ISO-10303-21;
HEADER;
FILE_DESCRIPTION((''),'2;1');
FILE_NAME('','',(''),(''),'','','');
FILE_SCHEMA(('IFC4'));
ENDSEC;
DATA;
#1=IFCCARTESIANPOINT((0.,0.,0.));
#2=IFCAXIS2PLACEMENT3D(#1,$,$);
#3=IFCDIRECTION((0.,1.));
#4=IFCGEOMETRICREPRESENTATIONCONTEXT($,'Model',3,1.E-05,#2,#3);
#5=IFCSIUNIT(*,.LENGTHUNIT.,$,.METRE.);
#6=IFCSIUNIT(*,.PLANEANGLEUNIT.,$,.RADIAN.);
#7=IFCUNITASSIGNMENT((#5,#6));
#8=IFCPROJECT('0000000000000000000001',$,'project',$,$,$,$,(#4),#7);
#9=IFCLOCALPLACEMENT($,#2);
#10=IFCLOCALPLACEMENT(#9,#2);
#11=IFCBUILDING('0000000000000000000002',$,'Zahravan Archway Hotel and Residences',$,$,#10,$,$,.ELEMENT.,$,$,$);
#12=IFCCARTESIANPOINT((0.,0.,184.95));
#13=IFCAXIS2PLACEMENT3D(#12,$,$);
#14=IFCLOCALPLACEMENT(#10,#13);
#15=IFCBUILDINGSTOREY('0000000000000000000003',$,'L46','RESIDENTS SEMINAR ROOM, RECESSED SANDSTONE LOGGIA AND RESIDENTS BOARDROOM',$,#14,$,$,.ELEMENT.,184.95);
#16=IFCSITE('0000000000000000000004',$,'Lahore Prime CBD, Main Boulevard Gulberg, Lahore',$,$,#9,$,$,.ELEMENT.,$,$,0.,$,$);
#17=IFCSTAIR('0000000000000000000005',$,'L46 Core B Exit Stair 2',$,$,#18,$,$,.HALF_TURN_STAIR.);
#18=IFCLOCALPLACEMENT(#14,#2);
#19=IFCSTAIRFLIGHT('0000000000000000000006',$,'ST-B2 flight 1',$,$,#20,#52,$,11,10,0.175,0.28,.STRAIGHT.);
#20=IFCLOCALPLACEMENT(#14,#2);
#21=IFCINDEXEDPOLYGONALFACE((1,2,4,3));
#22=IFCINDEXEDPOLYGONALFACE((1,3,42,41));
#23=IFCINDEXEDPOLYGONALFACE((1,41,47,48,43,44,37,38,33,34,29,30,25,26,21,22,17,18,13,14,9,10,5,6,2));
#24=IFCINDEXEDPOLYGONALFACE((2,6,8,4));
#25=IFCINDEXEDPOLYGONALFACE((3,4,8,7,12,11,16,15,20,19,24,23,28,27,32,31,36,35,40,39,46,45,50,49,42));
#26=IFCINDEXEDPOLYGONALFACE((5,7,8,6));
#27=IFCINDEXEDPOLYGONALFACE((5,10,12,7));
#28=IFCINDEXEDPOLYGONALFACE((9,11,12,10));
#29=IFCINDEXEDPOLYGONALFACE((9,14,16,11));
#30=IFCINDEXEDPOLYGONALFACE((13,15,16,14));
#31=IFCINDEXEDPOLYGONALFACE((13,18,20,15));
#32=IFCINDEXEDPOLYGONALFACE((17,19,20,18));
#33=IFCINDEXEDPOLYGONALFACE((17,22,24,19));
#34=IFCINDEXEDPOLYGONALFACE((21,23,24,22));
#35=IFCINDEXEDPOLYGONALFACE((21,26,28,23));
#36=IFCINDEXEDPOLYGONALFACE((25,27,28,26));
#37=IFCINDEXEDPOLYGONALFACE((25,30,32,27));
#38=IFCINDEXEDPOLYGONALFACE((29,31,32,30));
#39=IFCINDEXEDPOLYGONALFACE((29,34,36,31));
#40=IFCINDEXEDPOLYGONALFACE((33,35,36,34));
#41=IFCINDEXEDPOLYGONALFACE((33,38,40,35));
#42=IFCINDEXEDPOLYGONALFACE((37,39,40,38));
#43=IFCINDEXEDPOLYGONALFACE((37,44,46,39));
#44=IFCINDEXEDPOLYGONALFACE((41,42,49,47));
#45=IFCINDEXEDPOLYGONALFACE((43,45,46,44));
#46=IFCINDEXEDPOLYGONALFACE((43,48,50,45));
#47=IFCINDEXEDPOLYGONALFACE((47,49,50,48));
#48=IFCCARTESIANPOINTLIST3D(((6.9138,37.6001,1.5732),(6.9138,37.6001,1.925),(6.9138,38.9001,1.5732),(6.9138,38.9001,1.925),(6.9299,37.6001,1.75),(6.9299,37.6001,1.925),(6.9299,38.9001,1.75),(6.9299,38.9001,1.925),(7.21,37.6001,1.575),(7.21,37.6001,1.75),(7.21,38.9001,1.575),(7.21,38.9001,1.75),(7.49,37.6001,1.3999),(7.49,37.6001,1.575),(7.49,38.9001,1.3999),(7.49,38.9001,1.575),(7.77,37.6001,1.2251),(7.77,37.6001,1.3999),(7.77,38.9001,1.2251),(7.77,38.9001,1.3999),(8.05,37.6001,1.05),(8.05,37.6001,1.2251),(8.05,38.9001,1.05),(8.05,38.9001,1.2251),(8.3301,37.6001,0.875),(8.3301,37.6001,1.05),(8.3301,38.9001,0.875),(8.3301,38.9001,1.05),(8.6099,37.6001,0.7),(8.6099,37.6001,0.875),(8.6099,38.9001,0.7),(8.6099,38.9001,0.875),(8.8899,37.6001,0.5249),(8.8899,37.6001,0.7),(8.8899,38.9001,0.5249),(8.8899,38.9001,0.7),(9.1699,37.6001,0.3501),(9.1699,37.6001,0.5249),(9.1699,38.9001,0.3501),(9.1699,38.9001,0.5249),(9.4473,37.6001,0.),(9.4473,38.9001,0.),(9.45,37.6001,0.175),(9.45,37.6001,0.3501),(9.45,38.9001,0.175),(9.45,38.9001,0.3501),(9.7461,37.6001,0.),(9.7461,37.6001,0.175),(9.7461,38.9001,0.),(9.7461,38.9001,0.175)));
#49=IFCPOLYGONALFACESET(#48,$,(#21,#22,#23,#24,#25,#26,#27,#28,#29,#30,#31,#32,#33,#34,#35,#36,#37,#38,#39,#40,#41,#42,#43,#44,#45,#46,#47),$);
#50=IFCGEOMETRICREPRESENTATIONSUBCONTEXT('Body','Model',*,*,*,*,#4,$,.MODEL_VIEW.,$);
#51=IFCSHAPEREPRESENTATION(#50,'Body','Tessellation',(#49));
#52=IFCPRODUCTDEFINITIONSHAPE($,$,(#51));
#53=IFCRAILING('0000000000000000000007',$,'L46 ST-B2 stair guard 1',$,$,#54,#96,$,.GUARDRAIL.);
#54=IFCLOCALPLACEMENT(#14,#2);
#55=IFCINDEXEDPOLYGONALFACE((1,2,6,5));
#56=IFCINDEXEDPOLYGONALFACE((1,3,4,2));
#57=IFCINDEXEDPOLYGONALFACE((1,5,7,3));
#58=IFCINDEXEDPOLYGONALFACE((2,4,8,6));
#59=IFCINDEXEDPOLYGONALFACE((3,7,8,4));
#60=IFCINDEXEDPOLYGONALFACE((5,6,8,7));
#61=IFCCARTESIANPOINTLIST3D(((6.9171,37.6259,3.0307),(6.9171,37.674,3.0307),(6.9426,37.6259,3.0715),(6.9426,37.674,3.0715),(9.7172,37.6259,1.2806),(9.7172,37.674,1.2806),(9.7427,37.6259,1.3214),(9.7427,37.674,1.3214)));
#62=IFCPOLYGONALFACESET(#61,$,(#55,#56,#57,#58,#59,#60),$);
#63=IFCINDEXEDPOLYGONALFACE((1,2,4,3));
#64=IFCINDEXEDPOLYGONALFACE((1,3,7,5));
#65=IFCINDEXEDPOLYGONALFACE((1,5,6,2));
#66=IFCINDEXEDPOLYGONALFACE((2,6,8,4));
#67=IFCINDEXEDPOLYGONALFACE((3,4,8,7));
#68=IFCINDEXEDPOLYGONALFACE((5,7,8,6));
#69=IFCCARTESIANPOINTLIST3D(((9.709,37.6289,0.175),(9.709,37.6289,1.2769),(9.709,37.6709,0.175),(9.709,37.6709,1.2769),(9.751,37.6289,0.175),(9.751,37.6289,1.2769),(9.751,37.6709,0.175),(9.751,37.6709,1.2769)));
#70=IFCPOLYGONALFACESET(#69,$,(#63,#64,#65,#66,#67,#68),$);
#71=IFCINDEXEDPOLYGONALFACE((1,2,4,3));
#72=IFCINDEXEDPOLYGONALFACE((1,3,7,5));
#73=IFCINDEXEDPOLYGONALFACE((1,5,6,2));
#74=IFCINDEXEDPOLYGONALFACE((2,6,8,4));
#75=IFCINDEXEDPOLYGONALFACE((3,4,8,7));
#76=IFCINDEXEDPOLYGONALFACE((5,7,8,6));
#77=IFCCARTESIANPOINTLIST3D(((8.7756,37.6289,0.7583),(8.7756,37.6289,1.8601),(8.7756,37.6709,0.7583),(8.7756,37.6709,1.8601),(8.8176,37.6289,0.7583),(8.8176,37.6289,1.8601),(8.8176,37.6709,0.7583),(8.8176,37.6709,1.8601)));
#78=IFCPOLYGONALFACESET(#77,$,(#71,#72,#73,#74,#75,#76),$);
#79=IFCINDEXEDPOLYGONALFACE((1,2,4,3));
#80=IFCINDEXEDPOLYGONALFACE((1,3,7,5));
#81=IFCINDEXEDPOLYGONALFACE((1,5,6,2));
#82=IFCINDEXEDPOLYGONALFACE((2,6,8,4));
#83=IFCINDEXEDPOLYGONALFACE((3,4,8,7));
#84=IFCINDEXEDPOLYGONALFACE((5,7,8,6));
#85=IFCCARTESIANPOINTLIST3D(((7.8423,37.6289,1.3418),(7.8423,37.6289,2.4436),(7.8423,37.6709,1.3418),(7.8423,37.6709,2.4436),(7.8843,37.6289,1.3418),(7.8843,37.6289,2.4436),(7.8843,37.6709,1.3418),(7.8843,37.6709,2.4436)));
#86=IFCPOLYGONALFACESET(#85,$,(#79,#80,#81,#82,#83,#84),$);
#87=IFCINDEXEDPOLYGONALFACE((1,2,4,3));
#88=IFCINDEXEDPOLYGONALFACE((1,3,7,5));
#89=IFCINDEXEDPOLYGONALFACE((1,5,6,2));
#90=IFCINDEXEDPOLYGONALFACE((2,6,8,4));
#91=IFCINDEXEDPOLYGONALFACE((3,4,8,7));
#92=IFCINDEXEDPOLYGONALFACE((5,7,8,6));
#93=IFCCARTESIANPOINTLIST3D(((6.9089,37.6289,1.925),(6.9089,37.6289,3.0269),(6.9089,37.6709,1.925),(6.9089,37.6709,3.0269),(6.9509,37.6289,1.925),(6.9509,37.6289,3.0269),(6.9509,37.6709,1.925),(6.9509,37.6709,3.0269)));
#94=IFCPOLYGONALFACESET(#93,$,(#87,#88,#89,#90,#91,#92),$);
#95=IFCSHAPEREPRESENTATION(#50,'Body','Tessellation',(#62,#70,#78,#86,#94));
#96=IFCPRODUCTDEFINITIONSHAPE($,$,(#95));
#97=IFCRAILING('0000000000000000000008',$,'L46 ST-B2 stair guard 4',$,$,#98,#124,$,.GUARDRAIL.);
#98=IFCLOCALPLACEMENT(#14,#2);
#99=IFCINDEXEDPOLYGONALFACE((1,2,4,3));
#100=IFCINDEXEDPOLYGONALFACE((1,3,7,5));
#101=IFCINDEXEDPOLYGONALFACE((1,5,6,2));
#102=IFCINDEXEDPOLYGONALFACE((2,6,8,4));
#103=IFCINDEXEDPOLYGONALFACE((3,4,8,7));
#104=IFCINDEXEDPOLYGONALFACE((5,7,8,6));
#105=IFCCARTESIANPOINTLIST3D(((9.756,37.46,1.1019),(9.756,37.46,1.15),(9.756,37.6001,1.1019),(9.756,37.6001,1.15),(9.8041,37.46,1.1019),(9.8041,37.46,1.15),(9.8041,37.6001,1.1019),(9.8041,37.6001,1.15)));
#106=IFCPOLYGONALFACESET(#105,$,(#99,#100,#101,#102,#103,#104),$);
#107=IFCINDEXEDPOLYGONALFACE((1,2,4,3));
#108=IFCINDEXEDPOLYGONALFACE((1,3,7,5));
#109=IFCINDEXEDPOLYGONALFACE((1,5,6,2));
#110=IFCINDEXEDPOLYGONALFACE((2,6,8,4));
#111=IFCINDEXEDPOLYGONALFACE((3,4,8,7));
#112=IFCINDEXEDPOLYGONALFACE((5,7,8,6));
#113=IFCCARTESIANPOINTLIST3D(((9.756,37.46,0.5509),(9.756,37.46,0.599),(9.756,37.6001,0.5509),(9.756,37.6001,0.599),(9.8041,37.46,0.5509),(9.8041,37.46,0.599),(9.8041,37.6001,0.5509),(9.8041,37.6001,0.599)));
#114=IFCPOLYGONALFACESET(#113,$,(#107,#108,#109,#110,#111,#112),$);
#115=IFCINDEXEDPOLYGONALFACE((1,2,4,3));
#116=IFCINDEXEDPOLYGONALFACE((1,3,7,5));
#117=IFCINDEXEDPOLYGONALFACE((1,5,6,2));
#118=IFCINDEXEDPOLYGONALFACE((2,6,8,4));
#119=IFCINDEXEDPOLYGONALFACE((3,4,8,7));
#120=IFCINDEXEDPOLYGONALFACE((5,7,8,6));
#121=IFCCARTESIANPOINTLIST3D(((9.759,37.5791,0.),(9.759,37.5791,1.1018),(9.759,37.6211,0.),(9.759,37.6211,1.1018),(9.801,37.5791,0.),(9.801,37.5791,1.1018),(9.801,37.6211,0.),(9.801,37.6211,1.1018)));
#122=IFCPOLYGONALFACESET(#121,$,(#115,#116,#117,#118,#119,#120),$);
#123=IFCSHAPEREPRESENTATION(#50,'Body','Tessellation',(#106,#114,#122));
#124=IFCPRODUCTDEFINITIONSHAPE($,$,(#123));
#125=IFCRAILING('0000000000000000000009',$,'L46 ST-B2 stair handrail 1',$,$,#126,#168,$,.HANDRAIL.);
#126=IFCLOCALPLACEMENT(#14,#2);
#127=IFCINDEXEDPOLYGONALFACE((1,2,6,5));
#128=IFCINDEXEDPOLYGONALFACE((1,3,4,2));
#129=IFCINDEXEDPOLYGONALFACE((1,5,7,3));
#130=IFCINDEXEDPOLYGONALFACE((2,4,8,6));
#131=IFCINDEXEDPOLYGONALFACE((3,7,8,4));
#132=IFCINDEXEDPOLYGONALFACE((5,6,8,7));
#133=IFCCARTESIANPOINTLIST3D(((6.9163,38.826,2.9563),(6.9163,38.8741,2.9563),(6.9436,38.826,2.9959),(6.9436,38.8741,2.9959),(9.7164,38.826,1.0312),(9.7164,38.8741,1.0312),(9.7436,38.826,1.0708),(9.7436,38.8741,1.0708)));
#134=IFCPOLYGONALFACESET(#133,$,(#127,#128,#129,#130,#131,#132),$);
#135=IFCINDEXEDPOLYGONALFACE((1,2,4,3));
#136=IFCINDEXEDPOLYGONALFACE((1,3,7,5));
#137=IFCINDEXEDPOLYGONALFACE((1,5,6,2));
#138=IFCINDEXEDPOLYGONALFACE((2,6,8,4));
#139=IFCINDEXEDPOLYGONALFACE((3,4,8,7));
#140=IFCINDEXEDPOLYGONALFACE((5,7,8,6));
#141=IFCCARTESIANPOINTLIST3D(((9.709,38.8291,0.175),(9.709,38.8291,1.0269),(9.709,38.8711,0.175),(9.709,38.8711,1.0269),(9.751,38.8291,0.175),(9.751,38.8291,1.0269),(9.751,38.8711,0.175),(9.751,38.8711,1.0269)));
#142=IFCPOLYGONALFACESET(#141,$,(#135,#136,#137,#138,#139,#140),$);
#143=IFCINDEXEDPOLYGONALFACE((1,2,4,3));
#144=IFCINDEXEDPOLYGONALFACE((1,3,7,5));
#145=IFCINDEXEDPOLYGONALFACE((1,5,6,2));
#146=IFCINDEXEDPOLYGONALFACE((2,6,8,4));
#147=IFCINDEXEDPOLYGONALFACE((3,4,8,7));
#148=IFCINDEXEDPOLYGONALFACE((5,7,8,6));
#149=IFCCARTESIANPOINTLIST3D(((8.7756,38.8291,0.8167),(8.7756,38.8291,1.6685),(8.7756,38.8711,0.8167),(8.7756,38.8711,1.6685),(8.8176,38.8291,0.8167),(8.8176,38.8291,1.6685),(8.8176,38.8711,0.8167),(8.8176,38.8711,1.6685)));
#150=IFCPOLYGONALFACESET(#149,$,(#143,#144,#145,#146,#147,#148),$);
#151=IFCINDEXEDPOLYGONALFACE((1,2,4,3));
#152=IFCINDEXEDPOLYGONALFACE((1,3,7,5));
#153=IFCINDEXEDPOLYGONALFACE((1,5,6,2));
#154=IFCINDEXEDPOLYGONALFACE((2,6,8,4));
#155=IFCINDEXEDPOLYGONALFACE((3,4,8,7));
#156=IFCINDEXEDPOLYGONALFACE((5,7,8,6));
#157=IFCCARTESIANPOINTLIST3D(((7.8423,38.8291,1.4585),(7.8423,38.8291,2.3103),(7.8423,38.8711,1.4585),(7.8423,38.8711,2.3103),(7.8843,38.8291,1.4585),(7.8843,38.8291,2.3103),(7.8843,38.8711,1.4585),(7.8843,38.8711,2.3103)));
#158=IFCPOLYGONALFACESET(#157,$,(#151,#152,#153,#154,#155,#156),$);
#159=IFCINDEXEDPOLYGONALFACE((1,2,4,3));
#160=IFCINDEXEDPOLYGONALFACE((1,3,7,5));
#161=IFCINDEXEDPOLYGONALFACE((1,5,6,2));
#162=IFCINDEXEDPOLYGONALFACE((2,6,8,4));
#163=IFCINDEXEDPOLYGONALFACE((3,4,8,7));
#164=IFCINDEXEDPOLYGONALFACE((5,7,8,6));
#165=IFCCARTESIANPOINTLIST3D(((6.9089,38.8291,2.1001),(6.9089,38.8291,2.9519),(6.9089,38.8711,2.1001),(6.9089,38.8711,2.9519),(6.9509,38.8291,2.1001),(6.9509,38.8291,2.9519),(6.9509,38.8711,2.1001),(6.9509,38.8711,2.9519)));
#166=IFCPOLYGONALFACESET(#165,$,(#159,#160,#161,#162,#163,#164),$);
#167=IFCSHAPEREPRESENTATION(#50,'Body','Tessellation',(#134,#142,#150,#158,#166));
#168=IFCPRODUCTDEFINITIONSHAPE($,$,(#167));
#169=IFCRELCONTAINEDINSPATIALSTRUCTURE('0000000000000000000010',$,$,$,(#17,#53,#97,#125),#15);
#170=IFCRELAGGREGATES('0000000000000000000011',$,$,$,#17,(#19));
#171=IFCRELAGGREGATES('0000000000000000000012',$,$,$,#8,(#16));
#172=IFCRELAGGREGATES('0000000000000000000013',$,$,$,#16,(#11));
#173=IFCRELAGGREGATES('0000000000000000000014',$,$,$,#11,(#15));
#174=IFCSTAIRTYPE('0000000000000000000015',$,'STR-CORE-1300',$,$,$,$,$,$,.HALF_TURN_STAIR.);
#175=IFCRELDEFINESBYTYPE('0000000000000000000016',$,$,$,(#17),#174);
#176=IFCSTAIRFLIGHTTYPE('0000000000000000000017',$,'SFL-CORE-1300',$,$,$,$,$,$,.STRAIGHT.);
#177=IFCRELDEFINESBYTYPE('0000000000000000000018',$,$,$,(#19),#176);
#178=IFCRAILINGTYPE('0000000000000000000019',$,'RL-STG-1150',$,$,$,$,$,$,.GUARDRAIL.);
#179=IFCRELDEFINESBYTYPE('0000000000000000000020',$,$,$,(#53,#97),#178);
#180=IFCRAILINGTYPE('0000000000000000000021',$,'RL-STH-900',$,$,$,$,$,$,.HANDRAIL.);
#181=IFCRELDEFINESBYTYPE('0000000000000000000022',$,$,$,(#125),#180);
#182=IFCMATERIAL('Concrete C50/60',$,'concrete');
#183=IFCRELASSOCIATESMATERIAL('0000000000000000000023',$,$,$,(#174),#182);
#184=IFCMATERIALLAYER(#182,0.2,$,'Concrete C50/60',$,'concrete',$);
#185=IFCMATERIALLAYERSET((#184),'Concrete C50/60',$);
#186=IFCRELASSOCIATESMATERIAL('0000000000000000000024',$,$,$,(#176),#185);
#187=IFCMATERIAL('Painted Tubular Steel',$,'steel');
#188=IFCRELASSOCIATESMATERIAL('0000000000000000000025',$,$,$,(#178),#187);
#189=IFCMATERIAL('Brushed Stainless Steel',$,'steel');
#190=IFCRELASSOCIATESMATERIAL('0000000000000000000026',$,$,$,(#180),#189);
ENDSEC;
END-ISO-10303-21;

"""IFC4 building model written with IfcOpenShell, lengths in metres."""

from ifc_helpers import new_model, si_unit, direction, frame, origin, origin_2d, place, context, subcontext, project, spatial, polyline, rectangle, outline, extrude, source, transform, mapped, material, layer, layer_set, type_object, element, aggregate, save


model = new_model("IFC4")

# Units and contexts
model_context = context("Model", 3, precision=1e-05, world=origin(), true_north=direction((0.0, 1.0)))
body_context = subcontext(model_context, "Body", "Model", "MODEL_VIEW")
ifc_project = project(units=[si_unit("LENGTHUNIT", "METRE"), si_unit("PLANEANGLEUNIT", "RADIAN")], contexts=[model_context])

# Site, building, storey
site_placement = place(None, origin())
site = spatial("IfcSite", under=ifc_project, at=site_placement, Name="Lahore Prime CBD, Main Boulevard Gulberg, Lahore", CompositionType="ELEMENT", RefElevation=0.0)
building_placement = place(site_placement, origin())
building = spatial("IfcBuilding", under=site, at=building_placement, Name="Zahravan Archway Hotel and Residences", CompositionType="ELEMENT")
storey_placement = place(building_placement, frame((0.0, 0.0, 184.95)))
storey = spatial("IfcBuildingStorey", under=building, at=storey_placement, Name="L46", Description="RESIDENTS SEMINAR ROOM, RECESSED SANDSTONE LOGGIA AND RESIDENTS BOARDROOM", CompositionType="ELEMENT", Elevation=184.95)

# Stair, stair flight
ifc_material_1 = material(Name="Concrete C50/60", Category="concrete")
stair_type = type_object("IfcStairType", Name="STR-CORE-1300", PredefinedType="HALF_TURN_STAIR", material=ifc_material_1)
stair_placement = place(storey_placement, origin())
stair = element("IfcStair", 1, at=stair_placement, inside=storey, type_object=stair_type, Name="L46 Core B Exit Stair 2", PredefinedType="HALF_TURN_STAIR")
ifc_layer_1 = layer(ifc_material_1, 0.2, Name="Concrete C50/60", Category="concrete")
ifc_layer_set_1 = layer_set([ifc_layer_1], Name="Concrete C50/60")
stair_flight_type = type_object("IfcStairFlightType", Name="SFL-CORE-1300", PredefinedType="STRAIGHT", material=ifc_layer_set_1)
shared_shape_1 = source(origin(), body_context, "Body", "SweptSolid", [
    extrude(outline(polyline([(-0.0161, 0.0), (-0.0161, 0.175), (0.28, 0.175), (0.28, 0.3501), (0.5601, 0.3501), (0.5601, 0.5249), (0.8401, 0.5249), (0.8401, 0.7), (1.1201, 0.7), (1.1201, 0.875), (1.3999, 0.875), (1.3999, 1.05), (1.6799, 1.05), (1.6799, 1.2251), (1.96, 1.2251), (1.96, 1.3999), (2.24, 1.3999), (2.24, 1.575), (2.52, 1.575), (2.52, 1.75), (2.8, 1.75), (2.8, 1.925), (2.8162, 1.925), (2.8162, 1.5732), (0.2827, 0.0), (-0.0161, 0.0)])), frame((0.0, 0.6499, 0.0), z_axis=(0.0, -1.0, 0.0), x_axis=(1.0, 0.0, 0.0)), (0.0, 0.0, 1.0), 1.3),
])
stair_flight_placement = place(storey_placement, frame((9.73, 38.25, 0.0), z_axis=(0.0, 0.0, 1.0), x_axis=(-1.0, 0.0, 0.0)))
stair_flight = element("IfcStairFlight", 2, at=stair_flight_placement, type_object=stair_flight_type, Name="ST-B2 flight 1", NumberOfRisers=11, NumberOfTreads=10, PredefinedType="STRAIGHT", RiserHeight=0.175, TreadLength=0.28, context=body_context, shape_type="MappedRepresentation", body=[
    mapped(shared_shape_1, transform((0.0, 0.0, 0.0), scale=1.0)),
])
aggregate(stair, [stair_flight])

# Railings
ifc_material_2 = material(Name="Painted Tubular Steel", Category="steel")
railing_type_1 = type_object("IfcRailingType", Name="RL-STG-1150", PredefinedType="GUARDRAIL", material=ifc_material_2)
railing_1_placement = place(storey_placement, frame((9.73, 37.6499, 0.175)))
element("IfcRailing", 3, at=railing_1_placement, inside=storey, type_object=railing_type_1, Name="L46 ST-B2 stair guard 1", PredefinedType="GUARDRAIL", context=body_context, shape_type="SweptSolid", body=[
    extrude(rectangle(XDim=0.0481, YDim=0.0481, at=origin_2d()), frame((0.0, 0.0, 1.126), z_axis=(-0.848002, 0.0, 0.529992), x_axis=(0.0, -1.0, 0.0)), (0.0, 0.0, 1.0), 3.302),
    extrude(rectangle(XDim=0.042, YDim=0.042, at=origin_2d()), origin(), (0.0, 0.0, 1.0), 1.1018),
    extrude(rectangle(XDim=0.042, YDim=0.042, at=origin_2d()), frame((-0.9333, 0.0, 0.5833)), (0.0, 0.0, 1.0), 1.1018),
    extrude(rectangle(XDim=0.042, YDim=0.042, at=origin_2d()), frame((-1.8667, 0.0, 1.1667)), (0.0, 0.0, 1.0), 1.1018),
    extrude(rectangle(XDim=0.042, YDim=0.042, at=origin_2d()), frame((-2.8, 0.0, 1.75)), (0.0, 0.0, 1.0), 1.1018),
])
railing_2_placement = place(storey_placement, frame((9.78, 37.6001, 0.0)))
element("IfcRailing", 4, at=railing_2_placement, inside=storey, type_object=railing_type_1, Name="L46 ST-B2 stair guard 4", PredefinedType="GUARDRAIL", context=body_context, shape_type="SweptSolid", body=[
    extrude(rectangle(XDim=0.0481, YDim=0.0481, at=origin_2d()), frame((0.0, 0.0, 1.126), z_axis=(0.0, -1.0, 0.0), x_axis=(1.0, 0.0, 0.0)), (0.0, 0.0, 1.0), 0.1401),
    extrude(rectangle(XDim=0.0481, YDim=0.0481, at=origin_2d()), frame((0.0, 0.0, 0.575), z_axis=(0.0, -1.0, 0.0), x_axis=(1.0, 0.0, 0.0)), (0.0, 0.0, 1.0), 0.1401),
    extrude(rectangle(XDim=0.042, YDim=0.042, at=origin_2d()), origin(), (0.0, 0.0, 1.0), 1.1018),
])
ifc_material_3 = material(Name="Brushed Stainless Steel", Category="steel")
railing_type_2 = type_object("IfcRailingType", Name="RL-STH-900", PredefinedType="HANDRAIL", material=ifc_material_3)
railing_3_placement = place(storey_placement, frame((9.73, 38.8501, 0.175)))
element("IfcRailing", 5, at=railing_3_placement, inside=storey, type_object=railing_type_2, Name="L46 ST-B2 stair handrail 1", PredefinedType="HANDRAIL", context=body_context, shape_type="SweptSolid", body=[
    extrude(rectangle(XDim=0.0481, YDim=0.0481, at=origin_2d()), frame((0.0, 0.0, 0.876), z_axis=(-0.82404, 0.0, 0.566532), x_axis=(0.0, -1.0, 0.0)), (0.0, 0.0, 1.0), 3.3979),
    extrude(rectangle(XDim=0.042, YDim=0.042, at=origin_2d()), origin(), (0.0, 0.0, 1.0), 0.8518),
    extrude(rectangle(XDim=0.042, YDim=0.042, at=origin_2d()), frame((-0.9333, 0.0, 0.6416)), (0.0, 0.0, 1.0), 0.8518),
    extrude(rectangle(XDim=0.042, YDim=0.042, at=origin_2d()), frame((-1.8667, 0.0, 1.2834)), (0.0, 0.0, 1.0), 0.8518),
    extrude(rectangle(XDim=0.042, YDim=0.042, at=origin_2d()), frame((-2.8, 0.0, 1.925)), (0.0, 0.0, 1.0), 0.8518),
])

save(model, "model.ifc")
